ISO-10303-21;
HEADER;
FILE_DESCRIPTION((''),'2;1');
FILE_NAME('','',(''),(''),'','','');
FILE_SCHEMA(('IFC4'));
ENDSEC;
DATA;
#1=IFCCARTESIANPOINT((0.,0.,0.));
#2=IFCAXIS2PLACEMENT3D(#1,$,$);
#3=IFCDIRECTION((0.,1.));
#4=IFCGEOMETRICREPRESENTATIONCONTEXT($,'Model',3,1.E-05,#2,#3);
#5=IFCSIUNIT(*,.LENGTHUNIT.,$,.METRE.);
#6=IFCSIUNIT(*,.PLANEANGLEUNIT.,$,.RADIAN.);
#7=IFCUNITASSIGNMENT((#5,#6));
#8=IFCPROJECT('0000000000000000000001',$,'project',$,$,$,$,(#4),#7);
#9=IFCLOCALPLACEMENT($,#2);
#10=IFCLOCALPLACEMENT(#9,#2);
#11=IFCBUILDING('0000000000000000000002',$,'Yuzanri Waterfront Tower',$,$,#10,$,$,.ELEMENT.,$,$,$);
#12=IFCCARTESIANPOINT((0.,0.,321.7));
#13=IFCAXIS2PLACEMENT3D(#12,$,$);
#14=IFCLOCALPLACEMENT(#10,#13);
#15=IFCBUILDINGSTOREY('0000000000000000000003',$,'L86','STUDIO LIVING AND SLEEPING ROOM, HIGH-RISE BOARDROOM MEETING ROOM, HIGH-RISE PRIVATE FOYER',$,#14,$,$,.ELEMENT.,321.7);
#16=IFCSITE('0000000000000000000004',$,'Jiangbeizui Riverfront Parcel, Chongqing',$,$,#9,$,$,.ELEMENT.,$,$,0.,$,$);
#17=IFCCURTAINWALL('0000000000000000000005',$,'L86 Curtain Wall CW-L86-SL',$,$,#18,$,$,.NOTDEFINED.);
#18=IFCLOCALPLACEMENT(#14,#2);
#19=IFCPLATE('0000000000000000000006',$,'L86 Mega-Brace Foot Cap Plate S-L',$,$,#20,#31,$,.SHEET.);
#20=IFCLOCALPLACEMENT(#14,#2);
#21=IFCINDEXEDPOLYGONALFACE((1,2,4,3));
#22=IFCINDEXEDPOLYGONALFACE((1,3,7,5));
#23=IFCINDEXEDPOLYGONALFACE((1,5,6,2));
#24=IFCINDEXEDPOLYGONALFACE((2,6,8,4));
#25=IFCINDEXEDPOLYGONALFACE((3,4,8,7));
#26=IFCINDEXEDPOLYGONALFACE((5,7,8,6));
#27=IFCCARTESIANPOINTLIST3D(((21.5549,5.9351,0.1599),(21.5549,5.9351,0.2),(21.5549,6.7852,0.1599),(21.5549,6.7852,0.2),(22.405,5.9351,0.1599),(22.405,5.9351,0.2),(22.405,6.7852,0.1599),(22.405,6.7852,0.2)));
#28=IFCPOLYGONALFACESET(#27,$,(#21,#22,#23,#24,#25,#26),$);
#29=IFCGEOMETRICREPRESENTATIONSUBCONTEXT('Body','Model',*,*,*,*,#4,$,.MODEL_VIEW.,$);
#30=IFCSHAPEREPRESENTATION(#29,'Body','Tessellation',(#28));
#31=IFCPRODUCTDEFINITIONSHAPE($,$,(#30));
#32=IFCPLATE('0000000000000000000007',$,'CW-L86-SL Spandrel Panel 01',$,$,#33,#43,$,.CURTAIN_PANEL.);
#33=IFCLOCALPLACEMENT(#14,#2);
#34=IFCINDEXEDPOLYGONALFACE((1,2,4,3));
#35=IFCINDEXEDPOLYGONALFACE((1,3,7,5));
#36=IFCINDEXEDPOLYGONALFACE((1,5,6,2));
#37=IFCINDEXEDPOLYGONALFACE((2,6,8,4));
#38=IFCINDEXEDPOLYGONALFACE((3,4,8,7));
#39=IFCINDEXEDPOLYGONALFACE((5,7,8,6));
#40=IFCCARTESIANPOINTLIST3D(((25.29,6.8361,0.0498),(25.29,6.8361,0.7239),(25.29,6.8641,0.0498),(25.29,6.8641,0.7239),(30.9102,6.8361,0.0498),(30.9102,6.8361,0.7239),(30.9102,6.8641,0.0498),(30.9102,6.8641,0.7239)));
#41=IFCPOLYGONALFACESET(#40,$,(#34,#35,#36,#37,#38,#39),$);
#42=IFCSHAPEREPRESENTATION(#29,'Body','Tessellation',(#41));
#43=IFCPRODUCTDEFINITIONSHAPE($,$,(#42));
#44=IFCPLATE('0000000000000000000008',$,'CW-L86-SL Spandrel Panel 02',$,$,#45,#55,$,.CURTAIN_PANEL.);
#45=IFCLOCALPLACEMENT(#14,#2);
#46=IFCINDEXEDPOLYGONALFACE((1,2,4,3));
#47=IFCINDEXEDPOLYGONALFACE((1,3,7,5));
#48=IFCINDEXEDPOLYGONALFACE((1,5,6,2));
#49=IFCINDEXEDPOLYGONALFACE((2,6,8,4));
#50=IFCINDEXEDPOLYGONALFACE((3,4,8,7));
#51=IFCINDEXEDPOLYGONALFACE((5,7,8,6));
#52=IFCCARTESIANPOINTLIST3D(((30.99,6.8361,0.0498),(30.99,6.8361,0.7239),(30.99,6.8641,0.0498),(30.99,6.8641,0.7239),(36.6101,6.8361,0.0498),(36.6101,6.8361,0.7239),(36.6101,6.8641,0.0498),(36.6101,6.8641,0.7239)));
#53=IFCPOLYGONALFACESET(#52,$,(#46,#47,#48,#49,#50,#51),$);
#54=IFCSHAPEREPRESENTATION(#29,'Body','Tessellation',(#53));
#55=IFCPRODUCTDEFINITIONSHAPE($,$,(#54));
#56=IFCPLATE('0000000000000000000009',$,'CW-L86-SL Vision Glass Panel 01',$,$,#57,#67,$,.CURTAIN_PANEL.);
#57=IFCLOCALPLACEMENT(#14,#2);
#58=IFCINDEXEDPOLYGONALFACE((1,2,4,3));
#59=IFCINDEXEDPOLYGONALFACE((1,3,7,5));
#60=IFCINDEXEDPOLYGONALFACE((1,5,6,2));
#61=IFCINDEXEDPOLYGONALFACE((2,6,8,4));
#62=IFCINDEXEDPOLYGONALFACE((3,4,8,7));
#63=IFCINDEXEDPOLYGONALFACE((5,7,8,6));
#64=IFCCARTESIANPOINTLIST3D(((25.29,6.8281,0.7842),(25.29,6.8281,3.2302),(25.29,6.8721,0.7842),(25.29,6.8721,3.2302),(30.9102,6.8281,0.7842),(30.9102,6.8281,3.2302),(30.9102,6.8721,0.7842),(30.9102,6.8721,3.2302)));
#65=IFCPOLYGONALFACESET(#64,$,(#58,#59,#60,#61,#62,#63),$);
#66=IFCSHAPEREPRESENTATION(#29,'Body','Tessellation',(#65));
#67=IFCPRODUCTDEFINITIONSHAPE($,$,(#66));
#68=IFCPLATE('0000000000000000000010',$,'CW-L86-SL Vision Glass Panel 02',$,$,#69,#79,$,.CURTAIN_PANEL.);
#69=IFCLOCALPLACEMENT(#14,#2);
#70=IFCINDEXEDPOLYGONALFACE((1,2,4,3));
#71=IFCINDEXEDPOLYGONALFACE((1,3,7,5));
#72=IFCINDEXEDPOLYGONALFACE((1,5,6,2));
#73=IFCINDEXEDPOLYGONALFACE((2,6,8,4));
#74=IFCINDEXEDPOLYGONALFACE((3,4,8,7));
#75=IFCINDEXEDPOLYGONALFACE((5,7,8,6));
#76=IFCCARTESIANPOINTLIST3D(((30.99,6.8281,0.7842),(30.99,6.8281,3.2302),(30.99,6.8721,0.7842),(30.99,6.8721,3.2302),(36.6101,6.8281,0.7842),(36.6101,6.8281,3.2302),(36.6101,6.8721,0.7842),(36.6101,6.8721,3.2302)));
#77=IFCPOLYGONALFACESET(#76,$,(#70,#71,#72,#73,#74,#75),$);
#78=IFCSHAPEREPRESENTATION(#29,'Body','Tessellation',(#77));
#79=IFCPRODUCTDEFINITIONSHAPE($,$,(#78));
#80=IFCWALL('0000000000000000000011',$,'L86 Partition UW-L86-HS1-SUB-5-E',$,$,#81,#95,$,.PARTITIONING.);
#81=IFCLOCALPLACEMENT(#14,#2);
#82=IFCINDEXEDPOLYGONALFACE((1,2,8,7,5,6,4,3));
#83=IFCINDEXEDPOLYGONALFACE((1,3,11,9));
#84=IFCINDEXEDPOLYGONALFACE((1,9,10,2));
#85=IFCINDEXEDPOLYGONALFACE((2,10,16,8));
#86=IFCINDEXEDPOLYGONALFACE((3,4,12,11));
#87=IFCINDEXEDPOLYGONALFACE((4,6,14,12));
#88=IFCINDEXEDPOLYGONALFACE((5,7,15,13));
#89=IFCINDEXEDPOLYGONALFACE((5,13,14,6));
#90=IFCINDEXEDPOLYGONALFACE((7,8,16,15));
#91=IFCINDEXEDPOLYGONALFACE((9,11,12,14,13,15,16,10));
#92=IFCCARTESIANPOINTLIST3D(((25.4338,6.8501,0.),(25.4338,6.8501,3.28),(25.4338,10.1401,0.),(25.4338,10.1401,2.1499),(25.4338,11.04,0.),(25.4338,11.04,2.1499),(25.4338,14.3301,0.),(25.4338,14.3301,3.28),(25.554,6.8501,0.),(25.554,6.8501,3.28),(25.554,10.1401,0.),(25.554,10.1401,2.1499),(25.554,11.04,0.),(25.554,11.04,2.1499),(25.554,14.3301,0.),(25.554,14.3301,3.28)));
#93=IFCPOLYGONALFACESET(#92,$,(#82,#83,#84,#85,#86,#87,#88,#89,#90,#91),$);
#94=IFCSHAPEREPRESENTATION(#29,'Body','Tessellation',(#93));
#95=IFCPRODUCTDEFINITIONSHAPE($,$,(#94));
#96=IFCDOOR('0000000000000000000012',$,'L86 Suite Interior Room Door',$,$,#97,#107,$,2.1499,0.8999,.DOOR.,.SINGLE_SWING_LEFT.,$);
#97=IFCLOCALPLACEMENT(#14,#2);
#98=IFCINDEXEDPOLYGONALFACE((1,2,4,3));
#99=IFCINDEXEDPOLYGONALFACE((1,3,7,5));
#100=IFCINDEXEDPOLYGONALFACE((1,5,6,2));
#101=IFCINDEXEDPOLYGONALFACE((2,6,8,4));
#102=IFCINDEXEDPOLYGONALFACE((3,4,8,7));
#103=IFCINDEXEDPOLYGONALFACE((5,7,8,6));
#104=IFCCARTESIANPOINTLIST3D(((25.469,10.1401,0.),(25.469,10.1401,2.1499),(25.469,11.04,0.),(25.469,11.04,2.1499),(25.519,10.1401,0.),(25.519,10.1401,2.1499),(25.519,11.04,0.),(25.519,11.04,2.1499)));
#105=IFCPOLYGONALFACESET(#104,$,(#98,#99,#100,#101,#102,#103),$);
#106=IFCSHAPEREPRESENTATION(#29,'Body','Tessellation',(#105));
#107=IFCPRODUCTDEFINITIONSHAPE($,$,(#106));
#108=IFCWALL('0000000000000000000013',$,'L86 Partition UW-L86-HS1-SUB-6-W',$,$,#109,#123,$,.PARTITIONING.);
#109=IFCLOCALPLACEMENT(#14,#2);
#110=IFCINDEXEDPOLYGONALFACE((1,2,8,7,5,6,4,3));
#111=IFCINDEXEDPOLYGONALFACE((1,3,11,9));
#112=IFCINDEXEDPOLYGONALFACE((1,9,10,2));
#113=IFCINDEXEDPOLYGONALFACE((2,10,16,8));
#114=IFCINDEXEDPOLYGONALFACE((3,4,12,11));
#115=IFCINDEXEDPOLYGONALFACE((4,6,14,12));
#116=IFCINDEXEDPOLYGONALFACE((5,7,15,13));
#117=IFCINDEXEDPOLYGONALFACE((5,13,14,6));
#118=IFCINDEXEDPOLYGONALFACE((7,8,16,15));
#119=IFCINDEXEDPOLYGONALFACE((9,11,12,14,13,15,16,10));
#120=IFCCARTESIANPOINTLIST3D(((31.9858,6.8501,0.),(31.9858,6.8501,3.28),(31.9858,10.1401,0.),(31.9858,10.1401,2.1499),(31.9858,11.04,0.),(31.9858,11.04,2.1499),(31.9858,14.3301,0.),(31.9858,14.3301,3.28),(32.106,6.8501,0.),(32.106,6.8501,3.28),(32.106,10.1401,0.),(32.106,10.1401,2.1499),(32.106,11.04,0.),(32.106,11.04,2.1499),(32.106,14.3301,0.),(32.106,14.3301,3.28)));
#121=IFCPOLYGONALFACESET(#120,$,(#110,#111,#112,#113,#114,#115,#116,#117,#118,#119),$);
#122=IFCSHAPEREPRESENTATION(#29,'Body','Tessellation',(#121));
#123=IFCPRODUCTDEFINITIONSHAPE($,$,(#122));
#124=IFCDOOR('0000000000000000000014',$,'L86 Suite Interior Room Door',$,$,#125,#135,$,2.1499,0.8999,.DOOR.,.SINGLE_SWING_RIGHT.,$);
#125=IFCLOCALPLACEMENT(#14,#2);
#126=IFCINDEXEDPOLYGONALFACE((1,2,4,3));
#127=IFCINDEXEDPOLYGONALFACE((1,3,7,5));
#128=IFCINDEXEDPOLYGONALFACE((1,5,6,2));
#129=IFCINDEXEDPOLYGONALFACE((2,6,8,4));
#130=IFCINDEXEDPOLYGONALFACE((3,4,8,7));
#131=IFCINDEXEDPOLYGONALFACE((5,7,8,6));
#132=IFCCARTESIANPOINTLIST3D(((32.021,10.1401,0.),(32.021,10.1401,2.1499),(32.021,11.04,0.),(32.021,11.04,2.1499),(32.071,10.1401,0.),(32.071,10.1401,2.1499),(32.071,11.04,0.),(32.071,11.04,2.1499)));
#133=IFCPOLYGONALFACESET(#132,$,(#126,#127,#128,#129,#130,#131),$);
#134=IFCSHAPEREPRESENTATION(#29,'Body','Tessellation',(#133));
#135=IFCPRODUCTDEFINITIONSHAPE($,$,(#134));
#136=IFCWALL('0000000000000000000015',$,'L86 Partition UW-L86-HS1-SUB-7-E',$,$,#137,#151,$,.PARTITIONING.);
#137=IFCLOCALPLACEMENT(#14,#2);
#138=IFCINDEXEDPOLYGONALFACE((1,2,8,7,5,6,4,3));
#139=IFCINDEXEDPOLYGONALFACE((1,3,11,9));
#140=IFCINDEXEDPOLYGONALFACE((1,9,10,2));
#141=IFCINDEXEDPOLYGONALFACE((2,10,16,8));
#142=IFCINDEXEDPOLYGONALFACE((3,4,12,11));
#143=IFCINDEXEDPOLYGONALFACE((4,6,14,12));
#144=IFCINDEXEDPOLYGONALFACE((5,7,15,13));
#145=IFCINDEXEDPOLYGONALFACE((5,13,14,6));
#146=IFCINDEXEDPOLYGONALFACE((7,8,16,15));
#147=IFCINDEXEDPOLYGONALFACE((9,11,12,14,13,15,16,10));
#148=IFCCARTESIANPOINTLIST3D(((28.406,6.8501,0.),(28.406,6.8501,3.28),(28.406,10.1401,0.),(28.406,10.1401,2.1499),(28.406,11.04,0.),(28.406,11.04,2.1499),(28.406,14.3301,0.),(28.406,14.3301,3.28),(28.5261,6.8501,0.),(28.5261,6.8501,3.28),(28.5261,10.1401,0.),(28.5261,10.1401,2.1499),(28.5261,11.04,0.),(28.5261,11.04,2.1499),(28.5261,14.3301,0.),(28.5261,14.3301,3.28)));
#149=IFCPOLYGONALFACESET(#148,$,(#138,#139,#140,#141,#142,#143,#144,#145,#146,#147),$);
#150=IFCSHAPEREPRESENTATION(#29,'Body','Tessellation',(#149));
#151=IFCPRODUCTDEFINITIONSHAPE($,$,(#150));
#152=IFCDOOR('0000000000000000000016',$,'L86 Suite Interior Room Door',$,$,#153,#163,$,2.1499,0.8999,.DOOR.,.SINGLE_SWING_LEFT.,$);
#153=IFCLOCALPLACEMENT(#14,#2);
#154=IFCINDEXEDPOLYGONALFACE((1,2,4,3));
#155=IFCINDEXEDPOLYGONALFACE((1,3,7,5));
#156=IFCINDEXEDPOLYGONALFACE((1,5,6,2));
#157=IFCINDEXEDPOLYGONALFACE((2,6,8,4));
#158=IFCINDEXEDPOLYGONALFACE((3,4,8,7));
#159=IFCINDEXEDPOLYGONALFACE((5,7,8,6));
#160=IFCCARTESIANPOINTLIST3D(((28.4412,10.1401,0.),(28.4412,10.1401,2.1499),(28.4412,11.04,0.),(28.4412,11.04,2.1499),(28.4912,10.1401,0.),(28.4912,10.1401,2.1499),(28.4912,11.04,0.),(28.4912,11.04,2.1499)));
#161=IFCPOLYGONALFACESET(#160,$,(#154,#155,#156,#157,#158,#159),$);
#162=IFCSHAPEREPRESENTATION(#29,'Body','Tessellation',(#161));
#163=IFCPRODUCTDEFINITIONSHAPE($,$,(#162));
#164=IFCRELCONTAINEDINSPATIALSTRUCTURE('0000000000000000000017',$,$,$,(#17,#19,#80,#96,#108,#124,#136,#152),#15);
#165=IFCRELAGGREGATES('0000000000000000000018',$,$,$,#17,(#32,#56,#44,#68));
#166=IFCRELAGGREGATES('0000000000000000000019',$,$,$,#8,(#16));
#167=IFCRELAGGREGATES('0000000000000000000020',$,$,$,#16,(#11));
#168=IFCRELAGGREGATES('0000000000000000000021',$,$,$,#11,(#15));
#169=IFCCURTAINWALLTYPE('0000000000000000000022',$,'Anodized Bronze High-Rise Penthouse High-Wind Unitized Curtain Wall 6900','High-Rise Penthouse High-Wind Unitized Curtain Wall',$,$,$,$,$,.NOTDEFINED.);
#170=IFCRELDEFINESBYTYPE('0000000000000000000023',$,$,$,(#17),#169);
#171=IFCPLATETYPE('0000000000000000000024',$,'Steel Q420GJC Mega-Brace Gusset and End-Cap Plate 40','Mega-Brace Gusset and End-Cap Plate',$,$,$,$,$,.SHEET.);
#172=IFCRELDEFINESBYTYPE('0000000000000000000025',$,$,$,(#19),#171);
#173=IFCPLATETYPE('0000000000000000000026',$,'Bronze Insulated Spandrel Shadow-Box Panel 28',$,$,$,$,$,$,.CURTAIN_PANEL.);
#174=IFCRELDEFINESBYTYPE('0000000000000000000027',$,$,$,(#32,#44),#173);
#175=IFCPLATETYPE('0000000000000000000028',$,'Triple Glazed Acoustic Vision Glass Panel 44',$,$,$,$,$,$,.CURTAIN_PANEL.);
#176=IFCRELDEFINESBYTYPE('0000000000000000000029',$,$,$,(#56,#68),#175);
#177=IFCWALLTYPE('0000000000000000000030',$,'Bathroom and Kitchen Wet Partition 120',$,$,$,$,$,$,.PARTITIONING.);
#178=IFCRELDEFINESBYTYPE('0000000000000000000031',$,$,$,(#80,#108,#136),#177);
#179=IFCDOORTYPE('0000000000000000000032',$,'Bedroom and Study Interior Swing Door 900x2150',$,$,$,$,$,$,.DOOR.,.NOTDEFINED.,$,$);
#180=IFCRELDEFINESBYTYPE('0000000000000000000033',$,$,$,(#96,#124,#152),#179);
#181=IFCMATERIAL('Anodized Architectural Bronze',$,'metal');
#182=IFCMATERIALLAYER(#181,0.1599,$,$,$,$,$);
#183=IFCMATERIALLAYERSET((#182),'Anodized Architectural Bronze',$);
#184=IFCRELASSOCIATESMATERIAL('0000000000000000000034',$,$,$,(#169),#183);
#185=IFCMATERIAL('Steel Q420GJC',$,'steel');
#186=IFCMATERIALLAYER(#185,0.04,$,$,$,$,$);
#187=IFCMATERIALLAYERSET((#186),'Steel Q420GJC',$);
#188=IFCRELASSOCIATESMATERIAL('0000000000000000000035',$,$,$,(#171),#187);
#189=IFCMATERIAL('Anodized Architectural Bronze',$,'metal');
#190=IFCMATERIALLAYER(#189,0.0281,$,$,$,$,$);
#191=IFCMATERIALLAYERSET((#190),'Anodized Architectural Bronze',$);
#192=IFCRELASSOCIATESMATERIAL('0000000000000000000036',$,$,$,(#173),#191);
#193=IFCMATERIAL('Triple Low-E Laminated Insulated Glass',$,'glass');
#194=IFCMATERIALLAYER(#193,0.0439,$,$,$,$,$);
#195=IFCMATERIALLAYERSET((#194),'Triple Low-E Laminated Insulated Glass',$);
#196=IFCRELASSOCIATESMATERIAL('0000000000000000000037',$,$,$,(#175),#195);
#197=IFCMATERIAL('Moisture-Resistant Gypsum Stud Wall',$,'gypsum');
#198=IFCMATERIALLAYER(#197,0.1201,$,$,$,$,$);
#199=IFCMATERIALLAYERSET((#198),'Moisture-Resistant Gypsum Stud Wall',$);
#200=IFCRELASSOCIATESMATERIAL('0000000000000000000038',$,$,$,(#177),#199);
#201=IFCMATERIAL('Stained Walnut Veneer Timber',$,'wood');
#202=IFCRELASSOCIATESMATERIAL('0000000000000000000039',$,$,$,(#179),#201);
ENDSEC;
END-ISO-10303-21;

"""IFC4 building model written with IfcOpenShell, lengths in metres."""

from ifc_helpers import new_model, si_unit, direction, frame, frame_2d, origin, origin_2d, place, context, subcontext, project, spatial, rectangle, extrude, source, transform, mapped, material, layer, layer_set, type_object, element, fill, aggregate, save


model = new_model("IFC4")

# Units and contexts
model_context = context("Model", 3, precision=1e-05, world=origin(), true_north=direction((0.0, 1.0)))
body_context = subcontext(model_context, "Body", "Model", "MODEL_VIEW")
ifc_project = project(units=[si_unit("LENGTHUNIT", "METRE"), si_unit("PLANEANGLEUNIT", "RADIAN")], contexts=[model_context])

# Site, building, storey
site_placement = place(None, origin())
site = spatial("IfcSite", under=ifc_project, at=site_placement, Name="Jiangbeizui Riverfront Parcel, Chongqing", CompositionType="ELEMENT", RefElevation=0.0)
building_placement = place(site_placement, origin())
building = spatial("IfcBuilding", under=site, at=building_placement, Name="Yuzanri Waterfront Tower", CompositionType="ELEMENT")
storey_placement = place(building_placement, frame((0.0, 0.0, 321.7)))
storey = spatial("IfcBuildingStorey", under=building, at=storey_placement, Name="L86", Description="STUDIO LIVING AND SLEEPING ROOM, HIGH-RISE BOARDROOM MEETING ROOM, HIGH-RISE PRIVATE FOYER", CompositionType="ELEMENT", Elevation=321.7)

# Curtain wall
ifc_material_1 = material(Name="Anodized Architectural Bronze", Category="metal")
ifc_layer_1 = layer(ifc_material_1, 0.1599)
ifc_layer_set_1 = layer_set([ifc_layer_1], Name="Anodized Architectural Bronze")
curtain_wall_type = type_object("IfcCurtainWallType", Name="Anodized Bronze High-Rise Penthouse High-Wind Unitized Curtain Wall 6900", Description="High-Rise Penthouse High-Wind Unitized Curtain Wall", PredefinedType="NOTDEFINED", material=ifc_layer_set_1)
curtain_wall_placement = place(storey_placement, origin())
curtain_wall = element("IfcCurtainWall", 1, at=curtain_wall_placement, inside=storey, type_object=curtain_wall_type, Name="L86 Curtain Wall CW-L86-SL", PredefinedType="NOTDEFINED")

# Plates
ifc_material_2 = material(Name="Steel Q420GJC", Category="steel")
ifc_layer_2 = layer(ifc_material_2, 0.04)
ifc_layer_set_2 = layer_set([ifc_layer_2], Name="Steel Q420GJC")
plate_type_1 = type_object("IfcPlateType", Name="Steel Q420GJC Mega-Brace Gusset and End-Cap Plate 40", Description="Mega-Brace Gusset and End-Cap Plate", PredefinedType="SHEET", material=ifc_layer_set_2)
shared_shape_1 = source(origin(), body_context, "Body", "SweptSolid", [
    extrude(rectangle(XDim=0.8501, YDim=0.8501, at=origin_2d()), origin(), (0.0, 0.0, 1.0), 0.04),
])
plate_1_placement = place(storey_placement, frame((21.98, 6.3601, 0.1599), z_axis=(0.0, 0.0, 1.0), x_axis=(1.0, 0.0, 0.0)))
element("IfcPlate", 2, at=plate_1_placement, inside=storey, type_object=plate_type_1, Name="L86 Mega-Brace Foot Cap Plate S-L", PredefinedType="SHEET", context=body_context, shape_type="MappedRepresentation", body=[
    mapped(shared_shape_1, transform((0.0, 0.0, 0.0), scale=1.0)),
])
ifc_material_3 = material(Name="Anodized Architectural Bronze", Category="metal")
ifc_layer_3 = layer(ifc_material_3, 0.0281)
ifc_layer_set_3 = layer_set([ifc_layer_3], Name="Anodized Architectural Bronze")
plate_type_2 = type_object("IfcPlateType", Name="Bronze Insulated Spandrel Shadow-Box Panel 28", PredefinedType="CURTAIN_PANEL", material=ifc_layer_set_3)
shared_shape_2 = source(origin(), body_context, "Body", "SweptSolid", [
    extrude(rectangle(XDim=5.6201, YDim=0.0281, at=origin_2d()), origin(), (0.0, 0.0, 1.0), 0.6741),
])
plate_2_placement = place(storey_placement, frame((28.1001, 6.8501, 0.0498), z_axis=(0.0, 0.0, 1.0), x_axis=(1.0, 0.0, 0.0)))
plate_2 = element("IfcPlate", 3, at=plate_2_placement, type_object=plate_type_2, Name="CW-L86-SL Spandrel Panel 01", PredefinedType="CURTAIN_PANEL", context=body_context, shape_type="MappedRepresentation", body=[
    mapped(shared_shape_2, transform((0.0, 0.0, 0.0), scale=1.0)),
])
plate_3_placement = place(storey_placement, frame((33.8, 6.8501, 0.0498), z_axis=(0.0, 0.0, 1.0), x_axis=(1.0, 0.0, 0.0)))
plate_3 = element("IfcPlate", 4, at=plate_3_placement, type_object=plate_type_2, Name="CW-L86-SL Spandrel Panel 02", PredefinedType="CURTAIN_PANEL", context=body_context, shape_type="MappedRepresentation", body=[
    mapped(shared_shape_2, transform((0.0, 0.0, 0.0), scale=1.0)),
])
ifc_material_4 = material(Name="Triple Low-E Laminated Insulated Glass", Category="glass")
ifc_layer_4 = layer(ifc_material_4, 0.0439)
ifc_layer_set_4 = layer_set([ifc_layer_4], Name="Triple Low-E Laminated Insulated Glass")
plate_type_3 = type_object("IfcPlateType", Name="Triple Glazed Acoustic Vision Glass Panel 44", PredefinedType="CURTAIN_PANEL", material=ifc_layer_set_4)
shared_shape_3 = source(origin(), body_context, "Body", "SweptSolid", [
    extrude(rectangle(XDim=5.6201, YDim=0.0439, at=origin_2d()), origin(), (0.0, 0.0, 1.0), 2.446),
])
plate_4_placement = place(storey_placement, frame((28.1001, 6.8501, 0.7842), z_axis=(0.0, 0.0, 1.0), x_axis=(1.0, 0.0, 0.0)))
plate_4 = element("IfcPlate", 5, at=plate_4_placement, type_object=plate_type_3, Name="CW-L86-SL Vision Glass Panel 01", PredefinedType="CURTAIN_PANEL", context=body_context, shape_type="MappedRepresentation", body=[
    mapped(shared_shape_3, transform((0.0, 0.0, 0.0), scale=1.0)),
])
plate_5_placement = place(storey_placement, frame((33.8, 6.8501, 0.7842), z_axis=(0.0, 0.0, 1.0), x_axis=(1.0, 0.0, 0.0)))
plate_5 = element("IfcPlate", 6, at=plate_5_placement, type_object=plate_type_3, Name="CW-L86-SL Vision Glass Panel 02", PredefinedType="CURTAIN_PANEL", context=body_context, shape_type="MappedRepresentation", body=[
    mapped(shared_shape_3, transform((0.0, 0.0, 0.0), scale=1.0)),
])
aggregate(curtain_wall, [plate_2, plate_4, plate_3, plate_5])

# Walls, openings, doors
ifc_material_5 = material(Name="Moisture-Resistant Gypsum Stud Wall", Category="gypsum")
ifc_layer_5 = layer(ifc_material_5, 0.1201)
ifc_layer_set_5 = layer_set([ifc_layer_5], Name="Moisture-Resistant Gypsum Stud Wall")
wall_type_1 = type_object("IfcWallType", Name="Bathroom and Kitchen Wet Partition 120", PredefinedType="PARTITIONING", material=ifc_layer_set_5)
wall_1_placement = place(storey_placement, frame((25.4939, 6.8501, 0.0), z_axis=(0.0, 0.0, 1.0), x_axis=(0.0, 1.0, 0.0)))
wall_1 = element("IfcWall", 7, at=wall_1_placement, inside=storey, type_object=wall_type_1, Name="L86 Partition UW-L86-HS1-SUB-5-E", PredefinedType="PARTITIONING", context=body_context, shape_type="SweptSolid", body=[
    extrude(rectangle(XDim=7.48, YDim=0.1201, at=frame_2d((3.74, 0.0))), origin(), (0.0, 0.0, 1.0), 3.28),
])
opening_1_placement = place(wall_1_placement, frame((3.29, 0.0, 0.0)))
opening_1 = element("IfcOpeningElement", 8, at=opening_1_placement, cuts=wall_1, PredefinedType="OPENING", context=body_context, shape_type="SweptSolid", body=[
    extrude(rectangle(XDim=0.8999, YDim=2.1499, at=frame_2d((0.45, 1.075))), frame((0.0, 0.075, 0.0), z_axis=(0.0, -1.0, 0.0), x_axis=(1.0, 0.0, 0.0)), (0.0, 0.0, 1.0), 0.1499),
])
ifc_material_6 = material(Name="Stained Walnut Veneer Timber", Category="wood")
door_type = type_object("IfcDoorType", Name="Bedroom and Study Interior Swing Door 900x2150", OperationType="NOTDEFINED", PredefinedType="DOOR", material=ifc_material_6)
shared_shape_4 = source(origin(), body_context, "Body", "SweptSolid", [
    extrude(rectangle(XDim=0.8999, YDim=2.1499, at=frame_2d((0.45, 1.075))), frame((0.0, 0.0249, 0.0), z_axis=(0.0, -1.0, 0.0), x_axis=(1.0, 0.0, 0.0)), (0.0, 0.0, 1.0), 0.05),
])
door_1_placement = place(opening_1_placement, origin())
door_1 = element("IfcDoor", 9, at=door_1_placement, inside=storey, type_object=door_type, Name="L86 Suite Interior Room Door", OperationType="SINGLE_SWING_LEFT", OverallHeight=2.1499, OverallWidth=0.8999, PredefinedType="DOOR", context=body_context, shape_type="MappedRepresentation", body=[
    mapped(shared_shape_4, transform((0.0, 0.0, 0.0), scale=1.0)),
])
fill(opening_1, door_1)
wall_2_placement = place(storey_placement, frame((32.0459, 6.8501, 0.0), z_axis=(0.0, 0.0, 1.0), x_axis=(0.0, 1.0, 0.0)))
wall_2 = element("IfcWall", 10, at=wall_2_placement, inside=storey, type_object=wall_type_1, Name="L86 Partition UW-L86-HS1-SUB-6-W", PredefinedType="PARTITIONING", context=body_context, shape_type="SweptSolid", body=[
    extrude(rectangle(XDim=7.48, YDim=0.1201, at=frame_2d((3.74, 0.0))), origin(), (0.0, 0.0, 1.0), 3.28),
])
opening_2_placement = place(wall_2_placement, frame((3.29, 0.0, 0.0)))
opening_2 = element("IfcOpeningElement", 11, at=opening_2_placement, cuts=wall_2, PredefinedType="OPENING", context=body_context, shape_type="SweptSolid", body=[
    extrude(rectangle(XDim=0.8999, YDim=2.1499, at=frame_2d((0.45, 1.075))), frame((0.0, 0.075, 0.0), z_axis=(0.0, -1.0, 0.0), x_axis=(1.0, 0.0, 0.0)), (0.0, 0.0, 1.0), 0.1499),
])
door_2_placement = place(opening_2_placement, origin())
door_2 = element("IfcDoor", 12, at=door_2_placement, inside=storey, type_object=door_type, Name="L86 Suite Interior Room Door", OperationType="SINGLE_SWING_RIGHT", OverallHeight=2.1499, OverallWidth=0.8999, PredefinedType="DOOR", context=body_context, shape_type="MappedRepresentation", body=[
    mapped(shared_shape_4, transform((0.0, 0.0, 0.0), scale=1.0)),
])
fill(opening_2, door_2)
wall_3_placement = place(storey_placement, frame((28.4661, 6.8501, 0.0), z_axis=(0.0, 0.0, 1.0), x_axis=(0.0, 1.0, 0.0)))
wall_3 = element("IfcWall", 13, at=wall_3_placement, inside=storey, type_object=wall_type_1, Name="L86 Partition UW-L86-HS1-SUB-7-E", PredefinedType="PARTITIONING", context=body_context, shape_type="SweptSolid", body=[
    extrude(rectangle(XDim=7.48, YDim=0.1201, at=frame_2d((3.74, 0.0))), origin(), (0.0, 0.0, 1.0), 3.28),
])
opening_3_placement = place(wall_3_placement, frame((3.29, 0.0, 0.0)))
opening_3 = element("IfcOpeningElement", 14, at=opening_3_placement, cuts=wall_3, PredefinedType="OPENING", context=body_context, shape_type="SweptSolid", body=[
    extrude(rectangle(XDim=0.8999, YDim=2.1499, at=frame_2d((0.45, 1.075))), frame((0.0, 0.075, 0.0), z_axis=(0.0, -1.0, 0.0), x_axis=(1.0, 0.0, 0.0)), (0.0, 0.0, 1.0), 0.1499),
])
door_3_placement = place(opening_3_placement, origin())
door_3 = element("IfcDoor", 15, at=door_3_placement, inside=storey, type_object=door_type, Name="L86 Suite Interior Room Door", OperationType="SINGLE_SWING_LEFT", OverallHeight=2.1499, OverallWidth=0.8999, PredefinedType="DOOR", context=body_context, shape_type="MappedRepresentation", body=[
    mapped(shared_shape_4, transform((0.0, 0.0, 0.0), scale=1.0)),
])
fill(opening_3, door_3)

save(model, "model.ifc")
